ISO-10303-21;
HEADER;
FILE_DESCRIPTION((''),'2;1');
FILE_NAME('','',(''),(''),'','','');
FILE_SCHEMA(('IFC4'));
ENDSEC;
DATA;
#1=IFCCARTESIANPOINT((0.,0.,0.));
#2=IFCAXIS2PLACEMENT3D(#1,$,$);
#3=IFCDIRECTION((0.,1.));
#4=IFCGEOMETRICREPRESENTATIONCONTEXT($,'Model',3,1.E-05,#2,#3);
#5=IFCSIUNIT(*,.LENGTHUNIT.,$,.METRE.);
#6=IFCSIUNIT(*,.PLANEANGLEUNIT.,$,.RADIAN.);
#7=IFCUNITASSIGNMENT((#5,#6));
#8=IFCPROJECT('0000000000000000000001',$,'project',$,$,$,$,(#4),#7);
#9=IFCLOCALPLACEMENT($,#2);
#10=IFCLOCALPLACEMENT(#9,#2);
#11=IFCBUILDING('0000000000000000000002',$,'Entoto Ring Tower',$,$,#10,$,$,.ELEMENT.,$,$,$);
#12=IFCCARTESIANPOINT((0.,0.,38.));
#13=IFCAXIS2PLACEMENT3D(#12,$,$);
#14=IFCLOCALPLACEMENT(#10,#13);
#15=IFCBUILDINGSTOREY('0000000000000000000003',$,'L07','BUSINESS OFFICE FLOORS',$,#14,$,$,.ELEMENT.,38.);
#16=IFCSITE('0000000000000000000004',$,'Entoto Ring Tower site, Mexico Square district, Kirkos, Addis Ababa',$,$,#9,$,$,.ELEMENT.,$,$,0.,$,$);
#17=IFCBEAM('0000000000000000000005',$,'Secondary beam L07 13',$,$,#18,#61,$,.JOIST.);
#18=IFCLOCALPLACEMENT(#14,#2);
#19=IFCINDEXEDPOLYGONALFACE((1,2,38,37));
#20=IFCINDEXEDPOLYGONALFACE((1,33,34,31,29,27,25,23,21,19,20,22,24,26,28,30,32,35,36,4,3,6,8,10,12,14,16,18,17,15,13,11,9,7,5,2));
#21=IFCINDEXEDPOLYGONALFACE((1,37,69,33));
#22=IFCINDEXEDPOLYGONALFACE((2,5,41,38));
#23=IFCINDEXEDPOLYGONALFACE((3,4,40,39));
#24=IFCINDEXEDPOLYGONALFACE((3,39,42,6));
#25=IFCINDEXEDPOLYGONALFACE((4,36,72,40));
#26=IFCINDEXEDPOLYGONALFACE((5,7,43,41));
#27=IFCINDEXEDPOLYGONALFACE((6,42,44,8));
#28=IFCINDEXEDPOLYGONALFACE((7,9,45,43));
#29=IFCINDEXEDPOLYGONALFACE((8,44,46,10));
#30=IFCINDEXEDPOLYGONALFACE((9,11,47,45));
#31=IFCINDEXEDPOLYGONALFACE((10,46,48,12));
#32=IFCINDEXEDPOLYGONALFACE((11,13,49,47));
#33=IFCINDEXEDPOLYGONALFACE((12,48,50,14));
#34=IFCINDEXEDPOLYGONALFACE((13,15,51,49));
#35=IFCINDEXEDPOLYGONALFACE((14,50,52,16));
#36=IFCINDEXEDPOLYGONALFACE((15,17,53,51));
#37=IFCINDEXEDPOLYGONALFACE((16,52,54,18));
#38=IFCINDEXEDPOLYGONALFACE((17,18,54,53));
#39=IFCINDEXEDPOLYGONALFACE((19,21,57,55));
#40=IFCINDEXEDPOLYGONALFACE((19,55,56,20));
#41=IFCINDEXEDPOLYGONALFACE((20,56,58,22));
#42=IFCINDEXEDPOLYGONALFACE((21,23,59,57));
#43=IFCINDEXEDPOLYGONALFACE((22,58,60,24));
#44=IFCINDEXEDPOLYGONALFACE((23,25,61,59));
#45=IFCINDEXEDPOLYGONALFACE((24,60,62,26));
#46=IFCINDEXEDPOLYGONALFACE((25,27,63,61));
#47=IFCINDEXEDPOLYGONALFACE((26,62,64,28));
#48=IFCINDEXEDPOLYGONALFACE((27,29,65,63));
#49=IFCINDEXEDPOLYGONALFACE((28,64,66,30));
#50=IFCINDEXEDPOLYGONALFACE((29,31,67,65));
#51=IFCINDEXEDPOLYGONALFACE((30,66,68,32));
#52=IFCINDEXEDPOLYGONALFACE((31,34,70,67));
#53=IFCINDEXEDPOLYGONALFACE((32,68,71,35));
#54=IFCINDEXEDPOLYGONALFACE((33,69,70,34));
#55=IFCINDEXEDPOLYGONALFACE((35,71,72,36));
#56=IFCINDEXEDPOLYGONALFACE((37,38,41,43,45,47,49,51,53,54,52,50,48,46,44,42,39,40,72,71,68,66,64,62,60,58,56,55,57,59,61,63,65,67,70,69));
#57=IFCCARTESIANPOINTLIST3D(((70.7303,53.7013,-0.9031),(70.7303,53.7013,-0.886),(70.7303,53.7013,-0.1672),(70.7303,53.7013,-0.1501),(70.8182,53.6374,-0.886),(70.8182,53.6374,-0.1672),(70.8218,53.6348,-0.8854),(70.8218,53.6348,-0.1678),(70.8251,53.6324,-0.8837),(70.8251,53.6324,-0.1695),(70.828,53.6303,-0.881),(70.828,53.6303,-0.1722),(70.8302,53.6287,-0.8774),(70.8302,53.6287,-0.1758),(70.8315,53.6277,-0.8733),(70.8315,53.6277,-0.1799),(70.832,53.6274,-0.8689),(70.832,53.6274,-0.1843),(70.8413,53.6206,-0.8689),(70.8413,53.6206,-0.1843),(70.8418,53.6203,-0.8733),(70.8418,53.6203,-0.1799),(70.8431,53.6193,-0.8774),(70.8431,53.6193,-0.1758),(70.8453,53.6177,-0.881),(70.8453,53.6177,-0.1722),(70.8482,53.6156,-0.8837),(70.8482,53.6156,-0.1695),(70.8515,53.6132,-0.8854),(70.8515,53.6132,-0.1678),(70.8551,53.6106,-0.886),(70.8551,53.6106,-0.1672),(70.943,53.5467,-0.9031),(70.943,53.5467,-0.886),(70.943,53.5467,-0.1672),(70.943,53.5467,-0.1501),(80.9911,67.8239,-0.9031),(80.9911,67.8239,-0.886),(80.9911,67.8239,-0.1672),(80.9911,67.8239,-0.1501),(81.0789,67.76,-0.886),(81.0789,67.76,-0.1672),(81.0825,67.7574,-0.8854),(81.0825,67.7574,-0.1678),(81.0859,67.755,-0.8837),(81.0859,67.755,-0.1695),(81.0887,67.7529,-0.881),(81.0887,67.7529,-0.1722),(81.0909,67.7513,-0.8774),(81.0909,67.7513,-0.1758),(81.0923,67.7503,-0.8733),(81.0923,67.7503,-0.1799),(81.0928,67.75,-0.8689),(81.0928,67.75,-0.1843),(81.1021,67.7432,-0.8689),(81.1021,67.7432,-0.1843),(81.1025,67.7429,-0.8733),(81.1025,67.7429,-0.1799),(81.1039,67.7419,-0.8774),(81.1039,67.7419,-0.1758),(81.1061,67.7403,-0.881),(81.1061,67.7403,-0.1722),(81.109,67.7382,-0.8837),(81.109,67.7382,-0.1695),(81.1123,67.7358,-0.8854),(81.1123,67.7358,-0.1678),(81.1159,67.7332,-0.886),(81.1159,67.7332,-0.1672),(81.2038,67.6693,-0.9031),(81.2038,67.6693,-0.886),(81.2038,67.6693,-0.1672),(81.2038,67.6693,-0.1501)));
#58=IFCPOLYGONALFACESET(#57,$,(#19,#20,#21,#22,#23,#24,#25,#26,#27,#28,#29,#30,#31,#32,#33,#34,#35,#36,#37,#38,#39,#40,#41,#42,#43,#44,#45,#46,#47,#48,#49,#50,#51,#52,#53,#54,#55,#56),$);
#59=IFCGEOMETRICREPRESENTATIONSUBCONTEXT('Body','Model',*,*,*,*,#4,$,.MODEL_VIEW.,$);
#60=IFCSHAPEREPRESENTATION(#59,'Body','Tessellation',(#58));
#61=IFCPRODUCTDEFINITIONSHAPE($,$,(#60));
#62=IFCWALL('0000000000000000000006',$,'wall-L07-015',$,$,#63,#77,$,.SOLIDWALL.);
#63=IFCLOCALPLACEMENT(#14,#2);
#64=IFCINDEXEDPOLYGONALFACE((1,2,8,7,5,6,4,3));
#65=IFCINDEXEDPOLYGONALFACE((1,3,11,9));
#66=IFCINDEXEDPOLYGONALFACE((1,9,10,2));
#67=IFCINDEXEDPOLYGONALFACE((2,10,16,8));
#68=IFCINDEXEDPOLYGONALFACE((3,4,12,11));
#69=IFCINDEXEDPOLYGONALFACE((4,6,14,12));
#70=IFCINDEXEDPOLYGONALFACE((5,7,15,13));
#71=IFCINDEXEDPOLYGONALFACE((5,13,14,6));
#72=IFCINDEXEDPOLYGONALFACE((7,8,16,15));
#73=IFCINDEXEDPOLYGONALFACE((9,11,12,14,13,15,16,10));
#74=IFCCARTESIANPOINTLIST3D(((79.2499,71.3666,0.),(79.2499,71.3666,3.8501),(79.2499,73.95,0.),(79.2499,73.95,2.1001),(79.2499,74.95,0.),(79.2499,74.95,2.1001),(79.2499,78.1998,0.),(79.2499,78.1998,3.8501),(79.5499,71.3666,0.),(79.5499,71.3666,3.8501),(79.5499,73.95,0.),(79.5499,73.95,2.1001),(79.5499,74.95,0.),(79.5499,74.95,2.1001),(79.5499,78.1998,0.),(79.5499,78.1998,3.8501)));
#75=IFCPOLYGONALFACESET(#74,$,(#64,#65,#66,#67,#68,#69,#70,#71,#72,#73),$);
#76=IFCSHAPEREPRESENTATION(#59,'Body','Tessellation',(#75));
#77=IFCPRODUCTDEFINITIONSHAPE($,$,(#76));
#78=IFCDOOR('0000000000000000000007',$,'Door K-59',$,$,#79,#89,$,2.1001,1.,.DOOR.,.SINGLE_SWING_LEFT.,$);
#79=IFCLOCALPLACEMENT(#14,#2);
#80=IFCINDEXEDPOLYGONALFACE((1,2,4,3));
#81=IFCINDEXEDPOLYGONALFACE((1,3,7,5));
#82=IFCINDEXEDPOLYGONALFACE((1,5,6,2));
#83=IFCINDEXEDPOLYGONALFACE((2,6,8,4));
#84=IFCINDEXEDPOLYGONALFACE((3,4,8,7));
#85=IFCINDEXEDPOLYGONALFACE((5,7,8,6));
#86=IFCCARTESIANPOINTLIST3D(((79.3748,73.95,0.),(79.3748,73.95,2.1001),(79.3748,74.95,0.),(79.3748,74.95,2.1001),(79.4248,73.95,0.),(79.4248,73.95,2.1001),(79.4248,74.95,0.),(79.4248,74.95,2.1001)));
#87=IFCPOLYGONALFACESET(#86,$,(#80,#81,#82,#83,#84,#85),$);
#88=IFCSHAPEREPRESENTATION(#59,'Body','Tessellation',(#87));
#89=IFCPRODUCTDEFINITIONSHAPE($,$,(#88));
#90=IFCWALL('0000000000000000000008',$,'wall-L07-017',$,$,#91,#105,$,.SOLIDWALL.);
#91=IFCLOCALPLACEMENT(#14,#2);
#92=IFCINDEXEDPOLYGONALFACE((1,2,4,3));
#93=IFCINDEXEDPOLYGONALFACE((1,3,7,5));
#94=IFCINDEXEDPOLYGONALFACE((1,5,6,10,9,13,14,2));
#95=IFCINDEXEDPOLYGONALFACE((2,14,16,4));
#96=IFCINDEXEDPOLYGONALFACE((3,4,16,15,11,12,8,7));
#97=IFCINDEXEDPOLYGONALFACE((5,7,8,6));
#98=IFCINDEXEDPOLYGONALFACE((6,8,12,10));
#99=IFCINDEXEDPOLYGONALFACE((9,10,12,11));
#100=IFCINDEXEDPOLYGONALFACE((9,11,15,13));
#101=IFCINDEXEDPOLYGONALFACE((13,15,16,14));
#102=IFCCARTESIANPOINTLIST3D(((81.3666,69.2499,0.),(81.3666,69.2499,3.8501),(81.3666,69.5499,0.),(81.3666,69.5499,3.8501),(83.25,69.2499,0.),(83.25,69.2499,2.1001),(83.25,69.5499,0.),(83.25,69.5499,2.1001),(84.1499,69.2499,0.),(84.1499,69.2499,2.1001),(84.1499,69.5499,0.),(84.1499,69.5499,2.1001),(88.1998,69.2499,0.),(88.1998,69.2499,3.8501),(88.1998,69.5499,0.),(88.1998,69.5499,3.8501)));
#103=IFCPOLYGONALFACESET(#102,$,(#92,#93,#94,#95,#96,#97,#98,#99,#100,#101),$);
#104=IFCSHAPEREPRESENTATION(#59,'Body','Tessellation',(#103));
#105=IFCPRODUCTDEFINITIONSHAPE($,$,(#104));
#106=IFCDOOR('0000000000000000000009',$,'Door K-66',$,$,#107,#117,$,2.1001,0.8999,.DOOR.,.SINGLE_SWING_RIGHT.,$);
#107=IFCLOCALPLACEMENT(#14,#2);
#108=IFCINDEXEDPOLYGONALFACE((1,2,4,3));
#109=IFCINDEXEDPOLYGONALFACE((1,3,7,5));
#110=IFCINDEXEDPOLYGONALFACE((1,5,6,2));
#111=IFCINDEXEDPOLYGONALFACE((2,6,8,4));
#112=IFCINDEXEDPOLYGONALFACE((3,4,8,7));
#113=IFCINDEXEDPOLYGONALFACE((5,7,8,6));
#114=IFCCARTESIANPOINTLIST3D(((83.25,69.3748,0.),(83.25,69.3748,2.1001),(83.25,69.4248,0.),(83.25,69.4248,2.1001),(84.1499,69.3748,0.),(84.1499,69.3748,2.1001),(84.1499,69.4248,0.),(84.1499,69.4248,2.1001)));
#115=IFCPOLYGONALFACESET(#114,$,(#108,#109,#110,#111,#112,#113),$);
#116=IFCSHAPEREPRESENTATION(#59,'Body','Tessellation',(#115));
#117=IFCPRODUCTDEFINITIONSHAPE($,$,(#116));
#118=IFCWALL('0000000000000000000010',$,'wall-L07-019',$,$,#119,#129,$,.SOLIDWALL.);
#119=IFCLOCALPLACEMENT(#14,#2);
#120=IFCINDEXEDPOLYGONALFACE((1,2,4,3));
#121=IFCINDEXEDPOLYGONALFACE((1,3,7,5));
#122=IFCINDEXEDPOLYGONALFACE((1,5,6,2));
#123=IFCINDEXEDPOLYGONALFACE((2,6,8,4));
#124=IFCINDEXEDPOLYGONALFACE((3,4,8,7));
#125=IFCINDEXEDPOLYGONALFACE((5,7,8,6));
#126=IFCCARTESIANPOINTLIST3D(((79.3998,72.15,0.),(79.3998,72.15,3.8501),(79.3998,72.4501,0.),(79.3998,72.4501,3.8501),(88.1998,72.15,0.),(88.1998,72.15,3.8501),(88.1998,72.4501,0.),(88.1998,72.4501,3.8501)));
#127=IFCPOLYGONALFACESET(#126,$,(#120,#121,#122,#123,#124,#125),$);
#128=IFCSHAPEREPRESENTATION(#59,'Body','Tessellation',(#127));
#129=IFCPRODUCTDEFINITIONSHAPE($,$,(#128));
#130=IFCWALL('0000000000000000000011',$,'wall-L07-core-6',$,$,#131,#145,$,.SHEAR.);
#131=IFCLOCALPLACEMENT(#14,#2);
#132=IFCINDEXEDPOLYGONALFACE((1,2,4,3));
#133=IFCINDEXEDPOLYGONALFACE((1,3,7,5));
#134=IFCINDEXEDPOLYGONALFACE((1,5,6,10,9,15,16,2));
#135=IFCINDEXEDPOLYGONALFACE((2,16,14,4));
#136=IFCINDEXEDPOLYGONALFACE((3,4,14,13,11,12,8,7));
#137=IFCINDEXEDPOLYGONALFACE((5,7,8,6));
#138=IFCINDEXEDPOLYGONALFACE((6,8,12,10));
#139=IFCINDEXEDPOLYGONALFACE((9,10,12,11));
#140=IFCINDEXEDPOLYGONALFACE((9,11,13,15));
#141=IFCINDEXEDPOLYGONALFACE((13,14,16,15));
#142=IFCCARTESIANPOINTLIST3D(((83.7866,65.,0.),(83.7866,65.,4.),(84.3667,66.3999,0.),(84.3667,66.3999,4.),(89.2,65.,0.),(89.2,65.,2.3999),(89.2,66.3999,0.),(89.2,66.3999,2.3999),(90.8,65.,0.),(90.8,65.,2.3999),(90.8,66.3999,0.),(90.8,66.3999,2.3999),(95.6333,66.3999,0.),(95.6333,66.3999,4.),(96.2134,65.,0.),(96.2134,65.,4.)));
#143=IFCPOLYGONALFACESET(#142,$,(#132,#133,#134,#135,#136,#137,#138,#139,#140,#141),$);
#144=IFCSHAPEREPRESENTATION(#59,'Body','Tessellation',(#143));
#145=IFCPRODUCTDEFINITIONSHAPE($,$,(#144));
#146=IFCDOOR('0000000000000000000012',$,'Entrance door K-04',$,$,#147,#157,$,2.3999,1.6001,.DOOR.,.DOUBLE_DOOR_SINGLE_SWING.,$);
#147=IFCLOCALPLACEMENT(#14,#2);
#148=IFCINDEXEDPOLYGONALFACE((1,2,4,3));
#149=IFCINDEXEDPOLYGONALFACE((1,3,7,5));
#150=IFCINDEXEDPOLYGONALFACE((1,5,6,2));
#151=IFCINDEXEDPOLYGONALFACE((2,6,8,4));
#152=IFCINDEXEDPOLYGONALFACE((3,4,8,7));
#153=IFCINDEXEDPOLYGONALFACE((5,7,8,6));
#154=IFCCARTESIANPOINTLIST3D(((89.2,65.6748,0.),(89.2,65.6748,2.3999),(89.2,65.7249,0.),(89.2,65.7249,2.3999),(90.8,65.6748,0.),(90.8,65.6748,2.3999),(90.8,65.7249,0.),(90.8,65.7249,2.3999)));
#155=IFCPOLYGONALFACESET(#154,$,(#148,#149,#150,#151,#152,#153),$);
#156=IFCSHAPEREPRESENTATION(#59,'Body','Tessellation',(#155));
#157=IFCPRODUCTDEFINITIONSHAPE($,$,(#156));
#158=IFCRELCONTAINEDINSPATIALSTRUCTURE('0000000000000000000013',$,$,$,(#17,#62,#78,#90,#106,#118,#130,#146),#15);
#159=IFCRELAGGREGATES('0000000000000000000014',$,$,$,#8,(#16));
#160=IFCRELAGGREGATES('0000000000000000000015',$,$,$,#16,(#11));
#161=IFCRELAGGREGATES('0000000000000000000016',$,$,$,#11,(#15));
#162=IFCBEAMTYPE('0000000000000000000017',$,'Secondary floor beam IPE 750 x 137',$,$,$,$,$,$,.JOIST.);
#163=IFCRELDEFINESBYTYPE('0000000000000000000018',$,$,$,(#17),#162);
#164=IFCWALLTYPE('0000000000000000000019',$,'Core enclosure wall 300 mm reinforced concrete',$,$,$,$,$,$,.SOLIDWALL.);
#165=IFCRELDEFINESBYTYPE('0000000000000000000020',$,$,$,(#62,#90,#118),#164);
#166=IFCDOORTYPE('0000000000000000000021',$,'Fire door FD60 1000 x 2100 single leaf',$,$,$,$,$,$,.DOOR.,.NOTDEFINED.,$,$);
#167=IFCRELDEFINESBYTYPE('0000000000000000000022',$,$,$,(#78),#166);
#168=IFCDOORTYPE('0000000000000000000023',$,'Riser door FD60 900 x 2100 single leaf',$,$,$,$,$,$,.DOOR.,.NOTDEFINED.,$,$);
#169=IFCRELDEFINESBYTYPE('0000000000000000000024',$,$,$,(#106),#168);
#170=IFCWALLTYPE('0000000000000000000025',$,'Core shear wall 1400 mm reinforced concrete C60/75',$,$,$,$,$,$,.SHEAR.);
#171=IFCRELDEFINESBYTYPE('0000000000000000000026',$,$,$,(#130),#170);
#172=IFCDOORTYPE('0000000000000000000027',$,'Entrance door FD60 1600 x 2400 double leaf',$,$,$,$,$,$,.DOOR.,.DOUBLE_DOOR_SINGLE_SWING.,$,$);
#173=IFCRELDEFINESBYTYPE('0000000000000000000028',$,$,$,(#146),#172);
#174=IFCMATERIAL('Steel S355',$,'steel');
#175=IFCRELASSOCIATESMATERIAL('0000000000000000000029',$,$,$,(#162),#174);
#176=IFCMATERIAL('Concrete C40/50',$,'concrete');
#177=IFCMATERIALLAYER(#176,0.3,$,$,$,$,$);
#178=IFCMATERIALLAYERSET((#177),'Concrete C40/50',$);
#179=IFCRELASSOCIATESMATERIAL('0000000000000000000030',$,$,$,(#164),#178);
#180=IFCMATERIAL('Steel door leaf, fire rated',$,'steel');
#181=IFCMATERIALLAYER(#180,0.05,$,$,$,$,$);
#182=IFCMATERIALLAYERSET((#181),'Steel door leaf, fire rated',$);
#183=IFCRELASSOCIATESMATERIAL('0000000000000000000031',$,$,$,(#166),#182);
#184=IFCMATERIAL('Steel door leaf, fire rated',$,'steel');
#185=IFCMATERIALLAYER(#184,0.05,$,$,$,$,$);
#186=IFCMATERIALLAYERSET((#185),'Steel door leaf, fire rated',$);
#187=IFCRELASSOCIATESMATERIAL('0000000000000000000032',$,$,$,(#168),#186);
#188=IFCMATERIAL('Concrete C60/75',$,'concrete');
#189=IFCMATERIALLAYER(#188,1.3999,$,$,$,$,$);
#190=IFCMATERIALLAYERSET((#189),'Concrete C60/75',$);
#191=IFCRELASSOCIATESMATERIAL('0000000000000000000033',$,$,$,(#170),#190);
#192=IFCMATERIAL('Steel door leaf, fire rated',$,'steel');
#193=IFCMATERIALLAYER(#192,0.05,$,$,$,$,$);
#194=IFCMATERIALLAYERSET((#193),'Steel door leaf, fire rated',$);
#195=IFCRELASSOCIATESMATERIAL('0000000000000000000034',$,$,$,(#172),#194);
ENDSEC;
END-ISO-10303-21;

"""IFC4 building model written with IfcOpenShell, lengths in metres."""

from ifc_helpers import new_model, si_unit, direction, frame, frame_2d, origin, origin_2d, place, context, subcontext, project, spatial, polyline, rectangle, i_section, outline, extrude, material, layer, layer_set, material_profile, profile_set, type_object, element, fill, save


model = new_model("IFC4")

# Units and contexts
model_context = context("Model", 3, precision=1e-05, world=origin(), true_north=direction((0.0, 1.0)))
body_context = subcontext(model_context, "Body", "Model", "MODEL_VIEW")
ifc_project = project(units=[si_unit("LENGTHUNIT", "METRE"), si_unit("PLANEANGLEUNIT", "RADIAN")], contexts=[model_context])

# Site, building, storey
site_placement = place(None, origin())
site = spatial("IfcSite", under=ifc_project, at=site_placement, Name="Entoto Ring Tower site, Mexico Square district, Kirkos, Addis Ababa", CompositionType="ELEMENT", RefElevation=0.0)
building_placement = place(site_placement, origin())
building = spatial("IfcBuilding", under=site, at=building_placement, Name="Entoto Ring Tower", CompositionType="ELEMENT")
storey_placement = place(building_placement, frame((0.0, 0.0, 38.0)))
storey = spatial("IfcBuildingStorey", under=building, at=storey_placement, Name="L07", Description="BUSINESS OFFICE FLOORS", CompositionType="ELEMENT", Elevation=38.0)

# Beam
ifc_material_1 = material(Name="Steel S355", Category="steel")
ifc_material_profile_1 = material_profile(ifc_material_1, i_section(OverallWidth=0.2629, OverallDepth=0.7529, WebThickness=0.0115, FlangeThickness=0.0171, FilletRadius=0.0171, at=origin_2d()), Name="IPE 750 x 137")
ifc_profile_set_1 = profile_set([ifc_material_profile_1], Name="Steel S355")
beam_type_1 = type_object("IfcBeamType", Name="Secondary floor beam IPE 750 x 137", PredefinedType="JOIST", material=ifc_profile_set_1)
for number, where, z_axis, x_axis, name in (
    (1, (81.0974, 67.7466, -0.5266), (-0.587789, -0.809014, 0.0), (0.809014, -0.587789, 0.0), "Secondary beam L07 13"),
):
    element("IfcBeam", number, at=place(storey_placement, frame(where, z_axis=z_axis, x_axis=x_axis)), inside=storey, type_object=beam_type_1, Name=name, PredefinedType="JOIST", context=body_context, shape_type="SweptSolid", body=[
        extrude(i_section(OverallWidth=0.2629, OverallDepth=0.7529, WebThickness=0.0115, FlangeThickness=0.0171, FilletRadius=0.0171, at=origin_2d()), origin(), (0.0, 0.0, 1.0), 17.4565),
    ])

# Walls, openings, doors
ifc_material_2 = material(Name="Concrete C40/50", Category="concrete")
ifc_layer_1 = layer(ifc_material_2, 0.3)
ifc_layer_set_1 = layer_set([ifc_layer_1], Name="Concrete C40/50")
wall_type_1 = type_object("IfcWallType", Name="Core enclosure wall 300 mm reinforced concrete", PredefinedType="SOLIDWALL", material=ifc_layer_set_1)
wall_1_placement = place(storey_placement, frame((79.3999, 71.3667, 0.0), z_axis=(0.0, 0.0, 1.0), x_axis=(0.0, 1.0, 0.0)))
wall_1 = element("IfcWall", 2, at=wall_1_placement, inside=storey, type_object=wall_type_1, Name="wall-L07-015", PredefinedType="SOLIDWALL", context=body_context, shape_type="SweptSolid", body=[
    extrude(rectangle(XDim=6.8333, YDim=0.3, at=frame_2d((3.4165, 0.0))), origin(), (0.0, 0.0, 1.0), 3.8501),
])
opening_1_placement = place(wall_1_placement, frame((2.5833, 0.0, 0.0)))
opening_1 = element("IfcOpeningElement", 3, at=opening_1_placement, cuts=wall_1, PredefinedType="OPENING", context=body_context, shape_type="SweptSolid", body=[
    extrude(rectangle(XDim=1.0, YDim=2.1001, at=frame_2d((0.5, 1.05))), frame((0.0, 0.1602, 0.0), z_axis=(0.0, -1.0, 0.0), x_axis=(1.0, 0.0, 0.0)), (0.0, 0.0, 1.0), 0.3201),
])
ifc_material_3 = material(Name="Steel door leaf, fire rated", Category="steel")
ifc_layer_2 = layer(ifc_material_3, 0.05)
ifc_layer_set_2 = layer_set([ifc_layer_2], Name="Steel door leaf, fire rated")
door_type_1 = type_object("IfcDoorType", Name="Fire door FD60 1000 x 2100 single leaf", OperationType="NOTDEFINED", PredefinedType="DOOR", material=ifc_layer_set_2)
door_1_placement = place(opening_1_placement, frame((1.0, 0.0, 0.0), z_axis=(0.0, 0.0, 1.0), x_axis=(-1.0, 0.0, 0.0)))
door_1 = element("IfcDoor", 4, at=door_1_placement, inside=storey, type_object=door_type_1, Name="Door K-59", OperationType="SINGLE_SWING_LEFT", OverallHeight=2.1001, OverallWidth=1.0, PredefinedType="DOOR", context=body_context, shape_type="SweptSolid", body=[
    extrude(rectangle(XDim=1.0, YDim=2.1001, at=frame_2d((0.5, 1.05))), frame((0.0, 0.0249, 0.0), z_axis=(0.0, -1.0, 0.0), x_axis=(1.0, 0.0, 0.0)), (0.0, 0.0, 1.0), 0.05),
])
fill(opening_1, door_1)
wall_2_placement = place(storey_placement, frame((81.3667, 69.3999, 0.0), z_axis=(0.0, 0.0, 1.0), x_axis=(1.0, 0.0, 0.0)))
wall_2 = element("IfcWall", 5, at=wall_2_placement, inside=storey, type_object=wall_type_1, Name="wall-L07-017", PredefinedType="SOLIDWALL", context=body_context, shape_type="SweptSolid", body=[
    extrude(rectangle(XDim=6.8333, YDim=0.3, at=frame_2d((3.4165, 0.0))), origin(), (0.0, 0.0, 1.0), 3.8501),
])
opening_2_placement = place(wall_2_placement, frame((1.8833, 0.0, 0.0)))
opening_2 = element("IfcOpeningElement", 6, at=opening_2_placement, cuts=wall_2, PredefinedType="OPENING", context=body_context, shape_type="SweptSolid", body=[
    extrude(rectangle(XDim=0.8999, YDim=2.1001, at=frame_2d((0.45, 1.05))), frame((0.0, 0.1602, 0.0), z_axis=(0.0, -1.0, 0.0), x_axis=(1.0, 0.0, 0.0)), (0.0, 0.0, 1.0), 0.3201),
])
ifc_material_4 = material(Name="Steel door leaf, fire rated", Category="steel")
ifc_layer_3 = layer(ifc_material_4, 0.05)
ifc_layer_set_3 = layer_set([ifc_layer_3], Name="Steel door leaf, fire rated")
door_type_2 = type_object("IfcDoorType", Name="Riser door FD60 900 x 2100 single leaf", OperationType="NOTDEFINED", PredefinedType="DOOR", material=ifc_layer_set_3)
door_2_placement = place(opening_2_placement, origin())
door_2 = element("IfcDoor", 7, at=door_2_placement, inside=storey, type_object=door_type_2, Name="Door K-66", OperationType="SINGLE_SWING_RIGHT", OverallHeight=2.1001, OverallWidth=0.8999, PredefinedType="DOOR", context=body_context, shape_type="SweptSolid", body=[
    extrude(rectangle(XDim=0.8999, YDim=2.1001, at=frame_2d((0.45, 1.05))), frame((0.0, 0.0249, 0.0), z_axis=(0.0, -1.0, 0.0), x_axis=(1.0, 0.0, 0.0)), (0.0, 0.0, 1.0), 0.05),
])
fill(opening_2, door_2)

# Wall
wall_3_placement = place(storey_placement, frame((79.3999, 72.3, 0.0), z_axis=(0.0, 0.0, 1.0), x_axis=(1.0, 0.0, 0.0)))
element("IfcWall", 8, at=wall_3_placement, inside=storey, type_object=wall_type_1, Name="wall-L07-019", PredefinedType="SOLIDWALL", context=body_context, shape_type="SweptSolid", body=[
    extrude(rectangle(XDim=8.8, YDim=0.3, at=frame_2d((4.3999, 0.0))), origin(), (0.0, 0.0, 1.0), 3.8501),
])

# Wall, opening, door
ifc_material_5 = material(Name="Concrete C60/75", Category="concrete")
ifc_layer_4 = layer(ifc_material_5, 1.3999)
ifc_layer_set_4 = layer_set([ifc_layer_4], Name="Concrete C60/75")
wall_type_2 = type_object("IfcWallType", Name="Core shear wall 1400 mm reinforced concrete C60/75", PredefinedType="SHEAR", material=ifc_layer_set_4)
wall_4_placement = place(storey_placement, frame((84.0767, 65.7, 0.0), z_axis=(0.0, 0.0, 1.0), x_axis=(1.0, 0.0, 0.0)))
wall_4 = element("IfcWall", 9, at=wall_4_placement, inside=storey, type_object=wall_type_2, Name="wall-L07-core-6", PredefinedType="SHEAR", context=body_context, shape_type="SweptSolid", body=[
    extrude(outline(polyline([(-0.29, -0.7), (12.1367, -0.7), (11.5566, 0.7), (0.29, 0.7), (-0.29, -0.7)])), origin(), (0.0, 0.0, 1.0), 4.0),
])
opening_3_placement = place(wall_4_placement, frame((5.1233, 0.0, 0.0)))
opening_3 = element("IfcOpeningElement", 10, at=opening_3_placement, cuts=wall_4, PredefinedType="OPENING", context=body_context, shape_type="SweptSolid", body=[
    extrude(rectangle(XDim=1.6001, YDim=2.3999, at=frame_2d((0.8, 1.2))), frame((0.0, 0.71, 0.0), z_axis=(0.0, -1.0, 0.0), x_axis=(1.0, 0.0, 0.0)), (0.0, 0.0, 1.0), 1.4199),
])
ifc_material_6 = material(Name="Steel door leaf, fire rated", Category="steel")
ifc_layer_5 = layer(ifc_material_6, 0.05)
ifc_layer_set_5 = layer_set([ifc_layer_5], Name="Steel door leaf, fire rated")
door_type_3 = type_object("IfcDoorType", Name="Entrance door FD60 1600 x 2400 double leaf", OperationType="DOUBLE_DOOR_SINGLE_SWING", PredefinedType="DOOR", material=ifc_layer_set_5)
door_3_placement = place(opening_3_placement, origin())
door_3 = element("IfcDoor", 11, at=door_3_placement, inside=storey, type_object=door_type_3, Name="Entrance door K-04", OperationType="DOUBLE_DOOR_SINGLE_SWING", OverallHeight=2.3999, OverallWidth=1.6001, PredefinedType="DOOR", context=body_context, shape_type="SweptSolid", body=[
    extrude(rectangle(XDim=1.6001, YDim=2.3999, at=frame_2d((0.8, 1.2))), frame((0.0, 0.0249, 0.0), z_axis=(0.0, -1.0, 0.0), x_axis=(1.0, 0.0, 0.0)), (0.0, 0.0, 1.0), 0.05),
])
fill(opening_3, door_3)

save(model, "model.ifc")
